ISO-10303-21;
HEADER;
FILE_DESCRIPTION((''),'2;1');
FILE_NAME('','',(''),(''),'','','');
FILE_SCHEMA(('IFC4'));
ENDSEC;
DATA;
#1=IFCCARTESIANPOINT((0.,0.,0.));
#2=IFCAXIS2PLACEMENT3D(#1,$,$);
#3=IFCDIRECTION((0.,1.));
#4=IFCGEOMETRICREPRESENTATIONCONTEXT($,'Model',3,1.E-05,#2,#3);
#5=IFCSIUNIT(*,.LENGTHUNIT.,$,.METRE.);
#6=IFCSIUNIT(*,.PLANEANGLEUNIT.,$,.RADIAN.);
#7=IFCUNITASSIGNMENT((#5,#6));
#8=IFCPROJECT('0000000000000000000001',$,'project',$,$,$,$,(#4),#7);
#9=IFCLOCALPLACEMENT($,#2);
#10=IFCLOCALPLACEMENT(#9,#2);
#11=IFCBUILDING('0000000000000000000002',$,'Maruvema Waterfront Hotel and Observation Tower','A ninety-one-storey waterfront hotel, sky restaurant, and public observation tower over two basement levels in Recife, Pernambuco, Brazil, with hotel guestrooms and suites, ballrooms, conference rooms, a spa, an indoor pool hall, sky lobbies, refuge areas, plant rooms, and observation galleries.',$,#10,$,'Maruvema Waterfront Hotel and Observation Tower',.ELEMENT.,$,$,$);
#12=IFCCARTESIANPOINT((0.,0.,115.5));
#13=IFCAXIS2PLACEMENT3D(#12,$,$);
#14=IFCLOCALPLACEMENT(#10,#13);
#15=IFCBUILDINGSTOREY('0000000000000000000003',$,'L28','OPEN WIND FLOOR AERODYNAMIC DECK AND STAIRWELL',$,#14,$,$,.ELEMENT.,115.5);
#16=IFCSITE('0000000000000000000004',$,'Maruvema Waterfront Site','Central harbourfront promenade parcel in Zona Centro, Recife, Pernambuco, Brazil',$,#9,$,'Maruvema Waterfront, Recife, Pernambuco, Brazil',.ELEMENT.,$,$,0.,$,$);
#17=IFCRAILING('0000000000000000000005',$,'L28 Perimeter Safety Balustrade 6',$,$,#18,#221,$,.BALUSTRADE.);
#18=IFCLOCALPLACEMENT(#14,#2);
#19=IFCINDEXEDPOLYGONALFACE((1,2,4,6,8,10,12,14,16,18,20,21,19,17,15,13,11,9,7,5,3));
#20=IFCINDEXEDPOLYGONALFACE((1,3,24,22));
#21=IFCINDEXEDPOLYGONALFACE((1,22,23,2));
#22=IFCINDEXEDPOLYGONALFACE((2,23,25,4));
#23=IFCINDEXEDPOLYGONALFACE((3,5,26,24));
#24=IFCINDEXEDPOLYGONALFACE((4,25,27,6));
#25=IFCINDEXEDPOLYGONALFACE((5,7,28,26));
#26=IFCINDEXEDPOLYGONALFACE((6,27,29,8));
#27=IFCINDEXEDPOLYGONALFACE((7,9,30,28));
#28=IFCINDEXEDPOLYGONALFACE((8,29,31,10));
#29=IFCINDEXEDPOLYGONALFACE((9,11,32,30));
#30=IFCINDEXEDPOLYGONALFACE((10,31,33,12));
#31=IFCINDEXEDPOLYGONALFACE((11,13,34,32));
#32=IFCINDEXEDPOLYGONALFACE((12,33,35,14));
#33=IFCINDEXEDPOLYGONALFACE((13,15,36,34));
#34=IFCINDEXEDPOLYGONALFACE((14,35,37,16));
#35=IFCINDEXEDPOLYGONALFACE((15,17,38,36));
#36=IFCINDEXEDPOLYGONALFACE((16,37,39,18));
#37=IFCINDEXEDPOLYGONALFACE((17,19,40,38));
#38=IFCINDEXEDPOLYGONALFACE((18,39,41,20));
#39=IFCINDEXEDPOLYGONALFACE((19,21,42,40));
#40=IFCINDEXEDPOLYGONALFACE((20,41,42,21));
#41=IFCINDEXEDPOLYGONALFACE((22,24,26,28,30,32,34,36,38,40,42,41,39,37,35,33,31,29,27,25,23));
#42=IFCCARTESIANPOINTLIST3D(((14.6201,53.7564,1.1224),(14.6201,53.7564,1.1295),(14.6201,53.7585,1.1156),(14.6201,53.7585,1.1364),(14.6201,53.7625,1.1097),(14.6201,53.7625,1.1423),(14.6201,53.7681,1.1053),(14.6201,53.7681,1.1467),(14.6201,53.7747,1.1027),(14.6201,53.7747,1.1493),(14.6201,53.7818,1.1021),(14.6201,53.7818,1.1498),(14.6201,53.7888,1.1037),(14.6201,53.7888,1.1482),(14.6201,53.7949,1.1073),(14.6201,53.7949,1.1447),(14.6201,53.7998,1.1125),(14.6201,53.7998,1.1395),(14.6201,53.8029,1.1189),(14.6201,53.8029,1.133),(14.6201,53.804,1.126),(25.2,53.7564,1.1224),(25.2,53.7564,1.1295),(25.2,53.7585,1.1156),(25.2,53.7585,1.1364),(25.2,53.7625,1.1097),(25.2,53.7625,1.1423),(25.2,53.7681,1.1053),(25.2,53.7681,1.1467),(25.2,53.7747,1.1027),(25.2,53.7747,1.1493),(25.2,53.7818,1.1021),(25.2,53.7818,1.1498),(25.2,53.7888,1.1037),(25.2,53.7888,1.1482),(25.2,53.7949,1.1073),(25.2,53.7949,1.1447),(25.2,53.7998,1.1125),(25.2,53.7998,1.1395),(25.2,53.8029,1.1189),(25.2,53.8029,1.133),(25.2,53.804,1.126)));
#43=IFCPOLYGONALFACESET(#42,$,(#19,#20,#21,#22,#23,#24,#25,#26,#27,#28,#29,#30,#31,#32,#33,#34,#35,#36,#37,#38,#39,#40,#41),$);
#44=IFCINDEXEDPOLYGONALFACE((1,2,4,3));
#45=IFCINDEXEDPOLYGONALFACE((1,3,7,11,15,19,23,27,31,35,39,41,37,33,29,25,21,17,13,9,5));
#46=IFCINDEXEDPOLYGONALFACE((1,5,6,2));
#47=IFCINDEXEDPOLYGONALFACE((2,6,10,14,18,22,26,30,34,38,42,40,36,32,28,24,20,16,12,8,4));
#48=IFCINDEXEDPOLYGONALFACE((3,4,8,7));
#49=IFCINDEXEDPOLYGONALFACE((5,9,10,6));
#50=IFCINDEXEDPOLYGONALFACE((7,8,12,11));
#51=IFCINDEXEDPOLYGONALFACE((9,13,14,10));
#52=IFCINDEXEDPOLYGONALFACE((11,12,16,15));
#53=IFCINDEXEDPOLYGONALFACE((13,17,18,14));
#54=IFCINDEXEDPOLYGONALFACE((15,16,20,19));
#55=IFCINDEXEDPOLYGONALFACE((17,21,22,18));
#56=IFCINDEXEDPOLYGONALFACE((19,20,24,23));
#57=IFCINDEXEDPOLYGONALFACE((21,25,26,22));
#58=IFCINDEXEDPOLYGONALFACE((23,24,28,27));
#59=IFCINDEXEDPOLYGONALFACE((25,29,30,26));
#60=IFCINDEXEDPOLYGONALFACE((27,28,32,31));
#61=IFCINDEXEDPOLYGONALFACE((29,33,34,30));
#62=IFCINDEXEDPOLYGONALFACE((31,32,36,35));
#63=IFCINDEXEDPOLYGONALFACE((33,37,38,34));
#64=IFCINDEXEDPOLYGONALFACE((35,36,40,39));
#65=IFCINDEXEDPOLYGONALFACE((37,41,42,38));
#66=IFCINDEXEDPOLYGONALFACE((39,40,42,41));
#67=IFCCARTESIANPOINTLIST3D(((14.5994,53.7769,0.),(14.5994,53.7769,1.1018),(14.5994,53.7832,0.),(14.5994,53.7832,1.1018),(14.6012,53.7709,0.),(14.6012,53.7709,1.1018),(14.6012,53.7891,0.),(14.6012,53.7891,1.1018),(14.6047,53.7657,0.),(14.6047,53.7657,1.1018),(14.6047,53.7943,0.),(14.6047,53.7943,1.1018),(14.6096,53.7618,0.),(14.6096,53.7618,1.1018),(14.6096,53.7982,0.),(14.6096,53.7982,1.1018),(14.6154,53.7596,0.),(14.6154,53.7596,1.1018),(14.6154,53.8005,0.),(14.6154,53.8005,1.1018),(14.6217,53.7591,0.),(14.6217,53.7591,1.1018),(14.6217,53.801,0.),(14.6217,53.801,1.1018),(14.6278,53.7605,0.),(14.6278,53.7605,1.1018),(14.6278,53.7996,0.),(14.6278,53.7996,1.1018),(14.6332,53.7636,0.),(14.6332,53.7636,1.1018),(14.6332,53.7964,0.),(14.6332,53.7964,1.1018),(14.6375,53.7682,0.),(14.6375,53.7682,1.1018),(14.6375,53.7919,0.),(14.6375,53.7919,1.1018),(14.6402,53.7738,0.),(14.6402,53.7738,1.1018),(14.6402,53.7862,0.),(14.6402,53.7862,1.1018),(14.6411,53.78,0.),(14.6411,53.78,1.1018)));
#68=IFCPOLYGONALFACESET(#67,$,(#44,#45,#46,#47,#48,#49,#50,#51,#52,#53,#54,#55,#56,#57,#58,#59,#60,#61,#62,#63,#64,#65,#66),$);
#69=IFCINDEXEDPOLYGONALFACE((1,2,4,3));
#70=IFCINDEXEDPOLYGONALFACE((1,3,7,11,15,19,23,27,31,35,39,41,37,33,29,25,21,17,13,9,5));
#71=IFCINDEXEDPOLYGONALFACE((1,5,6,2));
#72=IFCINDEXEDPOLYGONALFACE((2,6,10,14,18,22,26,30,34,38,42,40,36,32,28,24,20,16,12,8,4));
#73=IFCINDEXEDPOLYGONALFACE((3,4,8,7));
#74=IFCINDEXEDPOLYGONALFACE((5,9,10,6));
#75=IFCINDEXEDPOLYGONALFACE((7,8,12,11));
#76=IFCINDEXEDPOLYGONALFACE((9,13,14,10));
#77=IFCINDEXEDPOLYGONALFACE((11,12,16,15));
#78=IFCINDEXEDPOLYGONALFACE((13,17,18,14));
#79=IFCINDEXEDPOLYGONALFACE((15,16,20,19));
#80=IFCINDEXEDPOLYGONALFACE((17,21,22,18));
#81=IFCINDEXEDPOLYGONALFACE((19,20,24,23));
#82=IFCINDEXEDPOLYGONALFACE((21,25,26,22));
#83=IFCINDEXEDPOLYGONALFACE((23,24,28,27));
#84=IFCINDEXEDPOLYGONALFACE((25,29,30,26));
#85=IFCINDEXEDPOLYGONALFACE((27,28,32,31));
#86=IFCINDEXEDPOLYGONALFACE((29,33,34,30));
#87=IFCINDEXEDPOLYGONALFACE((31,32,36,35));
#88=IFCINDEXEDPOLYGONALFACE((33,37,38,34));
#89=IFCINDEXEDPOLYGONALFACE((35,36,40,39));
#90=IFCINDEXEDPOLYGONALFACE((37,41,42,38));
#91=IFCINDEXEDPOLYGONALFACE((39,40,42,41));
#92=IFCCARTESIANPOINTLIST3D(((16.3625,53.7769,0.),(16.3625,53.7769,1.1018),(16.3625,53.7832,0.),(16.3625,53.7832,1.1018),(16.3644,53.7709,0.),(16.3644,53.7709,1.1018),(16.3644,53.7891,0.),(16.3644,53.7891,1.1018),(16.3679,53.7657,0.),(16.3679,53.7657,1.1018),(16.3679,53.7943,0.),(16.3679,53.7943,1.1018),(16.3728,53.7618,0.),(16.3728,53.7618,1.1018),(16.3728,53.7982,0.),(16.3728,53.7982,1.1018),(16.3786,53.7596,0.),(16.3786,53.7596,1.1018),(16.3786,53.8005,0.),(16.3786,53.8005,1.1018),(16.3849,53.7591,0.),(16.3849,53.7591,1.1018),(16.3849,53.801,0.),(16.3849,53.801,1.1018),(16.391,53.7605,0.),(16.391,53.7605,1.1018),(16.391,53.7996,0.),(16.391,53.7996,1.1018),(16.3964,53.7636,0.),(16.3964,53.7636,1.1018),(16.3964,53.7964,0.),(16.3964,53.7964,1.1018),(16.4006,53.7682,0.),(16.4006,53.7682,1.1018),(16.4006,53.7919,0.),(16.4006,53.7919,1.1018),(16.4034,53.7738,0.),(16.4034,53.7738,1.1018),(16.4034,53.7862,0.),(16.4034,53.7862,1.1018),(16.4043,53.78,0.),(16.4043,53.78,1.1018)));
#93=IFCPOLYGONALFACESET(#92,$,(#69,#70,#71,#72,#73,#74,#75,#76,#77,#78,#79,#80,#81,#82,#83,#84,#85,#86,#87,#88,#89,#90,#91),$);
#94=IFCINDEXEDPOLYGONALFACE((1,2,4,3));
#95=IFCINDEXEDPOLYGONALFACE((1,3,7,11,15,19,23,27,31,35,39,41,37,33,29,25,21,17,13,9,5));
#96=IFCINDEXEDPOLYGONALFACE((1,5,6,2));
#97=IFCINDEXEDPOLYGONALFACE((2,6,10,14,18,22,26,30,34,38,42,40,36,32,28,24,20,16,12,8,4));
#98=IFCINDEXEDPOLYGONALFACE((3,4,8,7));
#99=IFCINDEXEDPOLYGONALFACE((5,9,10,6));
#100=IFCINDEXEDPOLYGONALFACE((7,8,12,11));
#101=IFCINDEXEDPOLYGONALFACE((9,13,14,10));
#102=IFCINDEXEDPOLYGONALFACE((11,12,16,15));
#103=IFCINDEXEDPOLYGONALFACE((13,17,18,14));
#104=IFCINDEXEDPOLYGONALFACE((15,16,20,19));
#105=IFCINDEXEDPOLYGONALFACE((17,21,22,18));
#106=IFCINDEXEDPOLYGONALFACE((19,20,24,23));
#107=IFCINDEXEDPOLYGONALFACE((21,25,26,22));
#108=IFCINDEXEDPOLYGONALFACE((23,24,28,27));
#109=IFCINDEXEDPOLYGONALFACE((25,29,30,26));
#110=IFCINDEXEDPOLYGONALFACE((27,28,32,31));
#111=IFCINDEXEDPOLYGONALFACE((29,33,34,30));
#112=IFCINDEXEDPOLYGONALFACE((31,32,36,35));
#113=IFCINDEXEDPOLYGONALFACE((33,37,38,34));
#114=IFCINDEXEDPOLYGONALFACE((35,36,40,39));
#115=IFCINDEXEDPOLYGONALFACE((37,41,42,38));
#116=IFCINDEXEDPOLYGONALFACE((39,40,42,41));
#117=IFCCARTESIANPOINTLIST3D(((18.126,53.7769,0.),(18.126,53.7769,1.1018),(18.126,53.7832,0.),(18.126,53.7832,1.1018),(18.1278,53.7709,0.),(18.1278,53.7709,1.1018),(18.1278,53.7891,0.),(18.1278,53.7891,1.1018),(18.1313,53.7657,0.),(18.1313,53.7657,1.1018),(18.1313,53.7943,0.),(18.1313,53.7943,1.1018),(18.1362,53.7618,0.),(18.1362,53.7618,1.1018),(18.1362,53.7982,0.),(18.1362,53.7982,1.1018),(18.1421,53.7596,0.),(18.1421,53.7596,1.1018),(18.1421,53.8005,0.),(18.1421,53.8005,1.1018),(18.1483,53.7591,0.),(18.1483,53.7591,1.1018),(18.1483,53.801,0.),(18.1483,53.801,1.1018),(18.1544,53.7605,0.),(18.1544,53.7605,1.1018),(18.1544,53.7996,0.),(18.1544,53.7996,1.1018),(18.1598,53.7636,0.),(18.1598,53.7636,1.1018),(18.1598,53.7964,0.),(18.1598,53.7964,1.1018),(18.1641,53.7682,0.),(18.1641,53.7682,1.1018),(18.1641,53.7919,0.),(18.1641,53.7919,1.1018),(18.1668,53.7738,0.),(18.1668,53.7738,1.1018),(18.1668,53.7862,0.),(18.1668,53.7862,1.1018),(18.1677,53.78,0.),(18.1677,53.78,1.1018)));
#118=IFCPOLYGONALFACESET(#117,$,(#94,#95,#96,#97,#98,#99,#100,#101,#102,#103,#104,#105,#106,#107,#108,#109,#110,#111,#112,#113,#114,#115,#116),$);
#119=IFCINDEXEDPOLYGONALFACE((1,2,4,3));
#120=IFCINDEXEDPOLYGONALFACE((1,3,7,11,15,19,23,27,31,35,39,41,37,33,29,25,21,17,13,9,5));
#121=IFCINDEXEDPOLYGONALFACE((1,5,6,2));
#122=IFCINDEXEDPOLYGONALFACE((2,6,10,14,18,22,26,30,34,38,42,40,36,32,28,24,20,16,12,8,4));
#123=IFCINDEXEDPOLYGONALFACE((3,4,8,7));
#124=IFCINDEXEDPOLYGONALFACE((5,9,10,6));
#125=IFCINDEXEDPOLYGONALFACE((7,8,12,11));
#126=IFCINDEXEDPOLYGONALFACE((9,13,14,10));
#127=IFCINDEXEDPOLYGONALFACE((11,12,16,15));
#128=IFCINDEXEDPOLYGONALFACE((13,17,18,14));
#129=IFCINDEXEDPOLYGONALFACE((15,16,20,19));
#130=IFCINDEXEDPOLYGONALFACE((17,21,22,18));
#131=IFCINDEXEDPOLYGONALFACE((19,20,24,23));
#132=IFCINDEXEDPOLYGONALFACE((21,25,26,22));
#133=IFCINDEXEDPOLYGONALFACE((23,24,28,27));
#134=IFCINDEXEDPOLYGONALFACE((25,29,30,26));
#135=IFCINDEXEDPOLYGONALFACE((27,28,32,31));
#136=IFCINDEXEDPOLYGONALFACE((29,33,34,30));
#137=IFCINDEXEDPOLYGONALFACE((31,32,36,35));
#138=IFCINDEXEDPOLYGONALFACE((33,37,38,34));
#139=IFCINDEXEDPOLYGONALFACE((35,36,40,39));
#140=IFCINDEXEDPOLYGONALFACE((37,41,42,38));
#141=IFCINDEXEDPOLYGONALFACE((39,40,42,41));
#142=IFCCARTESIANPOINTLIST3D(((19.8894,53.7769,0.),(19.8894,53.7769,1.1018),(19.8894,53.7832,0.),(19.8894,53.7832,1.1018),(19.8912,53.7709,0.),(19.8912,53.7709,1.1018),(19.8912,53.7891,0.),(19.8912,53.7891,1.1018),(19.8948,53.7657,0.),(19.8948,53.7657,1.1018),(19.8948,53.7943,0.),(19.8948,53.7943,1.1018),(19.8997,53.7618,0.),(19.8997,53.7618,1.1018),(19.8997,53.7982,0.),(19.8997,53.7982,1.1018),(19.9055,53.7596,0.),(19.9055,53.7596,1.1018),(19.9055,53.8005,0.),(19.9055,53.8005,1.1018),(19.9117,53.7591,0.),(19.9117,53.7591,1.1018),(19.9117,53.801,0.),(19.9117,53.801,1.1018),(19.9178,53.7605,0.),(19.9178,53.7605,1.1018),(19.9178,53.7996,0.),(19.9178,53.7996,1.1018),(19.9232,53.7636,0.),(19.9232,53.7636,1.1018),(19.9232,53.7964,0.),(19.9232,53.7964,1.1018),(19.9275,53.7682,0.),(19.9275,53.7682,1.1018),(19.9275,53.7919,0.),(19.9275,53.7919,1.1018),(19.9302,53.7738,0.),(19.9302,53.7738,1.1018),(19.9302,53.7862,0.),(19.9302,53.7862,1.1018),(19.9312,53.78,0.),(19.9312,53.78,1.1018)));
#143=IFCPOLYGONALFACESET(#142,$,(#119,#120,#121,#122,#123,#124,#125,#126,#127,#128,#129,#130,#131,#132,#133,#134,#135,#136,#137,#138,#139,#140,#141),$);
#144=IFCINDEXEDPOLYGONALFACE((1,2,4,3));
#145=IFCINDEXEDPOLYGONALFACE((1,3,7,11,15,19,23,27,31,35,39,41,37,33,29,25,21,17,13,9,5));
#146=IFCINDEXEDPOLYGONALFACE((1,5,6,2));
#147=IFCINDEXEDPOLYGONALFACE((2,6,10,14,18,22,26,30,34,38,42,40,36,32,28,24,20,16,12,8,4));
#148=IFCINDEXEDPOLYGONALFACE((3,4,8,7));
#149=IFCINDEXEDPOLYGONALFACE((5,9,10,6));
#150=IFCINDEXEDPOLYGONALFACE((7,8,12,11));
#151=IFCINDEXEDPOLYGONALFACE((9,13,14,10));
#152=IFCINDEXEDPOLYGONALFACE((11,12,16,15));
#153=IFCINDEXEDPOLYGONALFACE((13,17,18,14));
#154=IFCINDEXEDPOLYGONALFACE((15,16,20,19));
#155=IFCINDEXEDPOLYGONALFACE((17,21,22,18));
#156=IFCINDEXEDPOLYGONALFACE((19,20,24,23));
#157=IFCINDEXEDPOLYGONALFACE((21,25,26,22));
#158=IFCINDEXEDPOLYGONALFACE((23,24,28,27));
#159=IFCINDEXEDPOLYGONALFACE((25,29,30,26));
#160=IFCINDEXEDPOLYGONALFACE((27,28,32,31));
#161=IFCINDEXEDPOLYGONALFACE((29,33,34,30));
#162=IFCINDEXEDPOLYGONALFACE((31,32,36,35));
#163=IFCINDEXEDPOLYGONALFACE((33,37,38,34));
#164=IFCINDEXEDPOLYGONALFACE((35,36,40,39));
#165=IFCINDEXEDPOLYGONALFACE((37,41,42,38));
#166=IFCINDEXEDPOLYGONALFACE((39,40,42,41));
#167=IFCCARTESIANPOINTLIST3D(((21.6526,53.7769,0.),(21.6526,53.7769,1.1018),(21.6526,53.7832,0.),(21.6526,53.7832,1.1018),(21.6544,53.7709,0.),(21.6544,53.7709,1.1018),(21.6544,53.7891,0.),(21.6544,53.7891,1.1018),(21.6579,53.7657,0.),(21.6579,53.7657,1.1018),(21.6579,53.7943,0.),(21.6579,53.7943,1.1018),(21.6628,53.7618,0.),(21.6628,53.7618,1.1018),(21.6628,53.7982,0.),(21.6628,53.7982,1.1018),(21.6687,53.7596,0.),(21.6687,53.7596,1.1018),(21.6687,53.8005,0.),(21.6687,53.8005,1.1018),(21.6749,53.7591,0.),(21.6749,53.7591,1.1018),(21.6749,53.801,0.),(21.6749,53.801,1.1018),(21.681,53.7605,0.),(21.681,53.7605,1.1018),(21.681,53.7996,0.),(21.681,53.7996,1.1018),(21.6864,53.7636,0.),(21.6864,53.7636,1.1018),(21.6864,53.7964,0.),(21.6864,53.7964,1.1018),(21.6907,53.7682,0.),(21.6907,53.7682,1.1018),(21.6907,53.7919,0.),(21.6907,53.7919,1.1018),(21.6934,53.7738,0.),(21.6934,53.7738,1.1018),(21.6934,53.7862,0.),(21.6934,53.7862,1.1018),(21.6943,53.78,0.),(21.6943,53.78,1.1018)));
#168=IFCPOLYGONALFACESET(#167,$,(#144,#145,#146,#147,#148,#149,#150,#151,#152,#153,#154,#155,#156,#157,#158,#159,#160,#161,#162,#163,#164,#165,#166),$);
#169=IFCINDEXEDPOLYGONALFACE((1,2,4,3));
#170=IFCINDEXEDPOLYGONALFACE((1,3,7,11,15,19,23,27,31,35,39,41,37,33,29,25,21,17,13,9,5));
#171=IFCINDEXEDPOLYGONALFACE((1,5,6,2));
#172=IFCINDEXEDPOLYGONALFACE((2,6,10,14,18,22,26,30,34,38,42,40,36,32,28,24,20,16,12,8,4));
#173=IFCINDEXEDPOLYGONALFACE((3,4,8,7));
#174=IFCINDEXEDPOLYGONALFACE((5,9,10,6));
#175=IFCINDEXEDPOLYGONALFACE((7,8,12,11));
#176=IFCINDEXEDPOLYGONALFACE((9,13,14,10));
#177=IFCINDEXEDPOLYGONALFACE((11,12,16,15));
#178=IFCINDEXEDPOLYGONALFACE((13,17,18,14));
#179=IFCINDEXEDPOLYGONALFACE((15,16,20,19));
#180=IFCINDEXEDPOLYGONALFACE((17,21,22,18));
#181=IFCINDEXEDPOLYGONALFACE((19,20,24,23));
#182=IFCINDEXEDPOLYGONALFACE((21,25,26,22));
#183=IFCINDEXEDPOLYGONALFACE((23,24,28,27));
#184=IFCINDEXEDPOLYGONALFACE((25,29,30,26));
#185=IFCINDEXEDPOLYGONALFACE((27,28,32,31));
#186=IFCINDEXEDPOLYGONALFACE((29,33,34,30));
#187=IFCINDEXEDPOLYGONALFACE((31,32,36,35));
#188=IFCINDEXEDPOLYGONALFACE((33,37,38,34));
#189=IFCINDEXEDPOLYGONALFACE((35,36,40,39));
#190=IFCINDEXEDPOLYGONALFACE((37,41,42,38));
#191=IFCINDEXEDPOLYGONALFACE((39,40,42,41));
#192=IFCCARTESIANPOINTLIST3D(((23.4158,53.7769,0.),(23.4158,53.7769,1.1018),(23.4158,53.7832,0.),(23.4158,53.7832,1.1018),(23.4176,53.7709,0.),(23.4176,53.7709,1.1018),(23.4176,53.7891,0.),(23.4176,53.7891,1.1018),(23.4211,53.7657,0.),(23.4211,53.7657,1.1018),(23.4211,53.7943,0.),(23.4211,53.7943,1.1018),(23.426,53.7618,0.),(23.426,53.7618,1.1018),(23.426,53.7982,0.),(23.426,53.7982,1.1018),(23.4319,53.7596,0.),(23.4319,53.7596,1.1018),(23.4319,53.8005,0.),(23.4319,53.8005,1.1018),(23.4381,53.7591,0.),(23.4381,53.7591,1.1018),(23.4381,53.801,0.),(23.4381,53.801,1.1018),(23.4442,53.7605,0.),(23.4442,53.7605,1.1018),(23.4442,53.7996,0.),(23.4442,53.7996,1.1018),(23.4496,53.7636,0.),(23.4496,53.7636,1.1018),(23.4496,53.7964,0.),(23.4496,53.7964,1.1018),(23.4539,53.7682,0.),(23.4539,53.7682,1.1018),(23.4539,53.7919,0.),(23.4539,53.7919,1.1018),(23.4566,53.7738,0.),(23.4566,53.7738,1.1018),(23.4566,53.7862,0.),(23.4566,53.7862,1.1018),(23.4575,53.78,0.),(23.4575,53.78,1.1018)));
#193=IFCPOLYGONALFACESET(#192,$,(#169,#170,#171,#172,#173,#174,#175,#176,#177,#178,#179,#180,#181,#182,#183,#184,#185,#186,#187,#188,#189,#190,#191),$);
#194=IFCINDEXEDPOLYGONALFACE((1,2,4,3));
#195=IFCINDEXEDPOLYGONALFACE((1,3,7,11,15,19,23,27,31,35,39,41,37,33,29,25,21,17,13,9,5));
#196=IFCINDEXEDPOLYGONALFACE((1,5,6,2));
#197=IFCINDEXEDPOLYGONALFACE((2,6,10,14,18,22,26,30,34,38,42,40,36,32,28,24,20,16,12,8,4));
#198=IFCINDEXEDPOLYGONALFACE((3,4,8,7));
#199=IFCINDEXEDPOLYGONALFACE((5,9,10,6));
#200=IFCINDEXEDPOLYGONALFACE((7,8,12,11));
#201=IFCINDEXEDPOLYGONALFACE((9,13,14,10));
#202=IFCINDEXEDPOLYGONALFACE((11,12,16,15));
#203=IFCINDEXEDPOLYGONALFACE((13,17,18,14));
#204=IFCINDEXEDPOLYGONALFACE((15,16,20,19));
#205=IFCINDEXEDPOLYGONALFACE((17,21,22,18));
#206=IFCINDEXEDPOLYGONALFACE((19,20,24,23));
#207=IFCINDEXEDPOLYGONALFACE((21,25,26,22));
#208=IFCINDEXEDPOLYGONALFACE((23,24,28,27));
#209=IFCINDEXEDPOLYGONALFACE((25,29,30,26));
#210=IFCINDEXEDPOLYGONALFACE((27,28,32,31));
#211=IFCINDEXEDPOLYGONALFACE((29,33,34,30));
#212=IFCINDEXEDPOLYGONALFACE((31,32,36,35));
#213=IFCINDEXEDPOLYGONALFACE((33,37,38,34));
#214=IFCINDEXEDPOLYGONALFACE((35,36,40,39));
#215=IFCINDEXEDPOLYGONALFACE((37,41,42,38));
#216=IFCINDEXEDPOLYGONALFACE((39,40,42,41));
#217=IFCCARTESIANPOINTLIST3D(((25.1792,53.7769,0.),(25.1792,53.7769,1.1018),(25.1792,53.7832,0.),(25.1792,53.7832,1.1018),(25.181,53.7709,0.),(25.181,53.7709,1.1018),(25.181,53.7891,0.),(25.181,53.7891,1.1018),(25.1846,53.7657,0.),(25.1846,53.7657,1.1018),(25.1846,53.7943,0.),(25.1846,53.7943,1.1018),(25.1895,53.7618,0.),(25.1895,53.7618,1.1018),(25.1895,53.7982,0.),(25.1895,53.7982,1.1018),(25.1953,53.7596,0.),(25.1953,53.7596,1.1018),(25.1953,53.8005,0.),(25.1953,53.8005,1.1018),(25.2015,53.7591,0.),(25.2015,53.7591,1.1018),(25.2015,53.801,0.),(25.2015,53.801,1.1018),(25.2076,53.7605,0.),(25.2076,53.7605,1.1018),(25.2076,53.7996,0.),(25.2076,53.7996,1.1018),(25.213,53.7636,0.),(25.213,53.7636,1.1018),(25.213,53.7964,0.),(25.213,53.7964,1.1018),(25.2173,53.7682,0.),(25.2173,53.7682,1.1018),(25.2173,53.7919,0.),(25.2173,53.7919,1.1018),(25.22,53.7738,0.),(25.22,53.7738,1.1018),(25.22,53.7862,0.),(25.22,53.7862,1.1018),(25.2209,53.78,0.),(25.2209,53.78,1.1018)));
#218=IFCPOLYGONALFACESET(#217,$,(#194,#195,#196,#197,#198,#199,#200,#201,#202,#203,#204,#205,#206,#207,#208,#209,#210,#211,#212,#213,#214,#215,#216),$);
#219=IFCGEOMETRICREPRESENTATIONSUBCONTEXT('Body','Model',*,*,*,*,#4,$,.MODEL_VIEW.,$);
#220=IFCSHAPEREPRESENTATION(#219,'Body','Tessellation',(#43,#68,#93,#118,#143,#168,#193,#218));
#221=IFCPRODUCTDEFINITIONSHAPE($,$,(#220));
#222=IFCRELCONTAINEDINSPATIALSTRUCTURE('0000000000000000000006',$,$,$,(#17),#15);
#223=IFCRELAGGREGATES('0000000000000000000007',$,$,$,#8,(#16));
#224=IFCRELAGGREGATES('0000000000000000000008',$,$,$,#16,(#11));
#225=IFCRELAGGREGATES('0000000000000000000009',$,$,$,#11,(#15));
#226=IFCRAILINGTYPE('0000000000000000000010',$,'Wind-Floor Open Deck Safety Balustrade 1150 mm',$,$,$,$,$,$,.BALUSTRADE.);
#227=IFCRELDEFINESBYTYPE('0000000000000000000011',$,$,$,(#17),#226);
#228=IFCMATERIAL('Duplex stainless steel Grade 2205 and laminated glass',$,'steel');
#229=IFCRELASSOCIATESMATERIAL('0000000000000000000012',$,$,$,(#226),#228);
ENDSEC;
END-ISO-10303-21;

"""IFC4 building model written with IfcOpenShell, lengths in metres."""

from ifc_helpers import new_model, si_unit, direction, frame, origin, origin_2d, place, context, subcontext, project, spatial, circle, extrude, material, type_object, element, save


model = new_model("IFC4")

# Units and contexts
model_context = context("Model", 3, precision=1e-05, world=origin(), true_north=direction((0.0, 1.0)))
body_context = subcontext(model_context, "Body", "Model", "MODEL_VIEW")
ifc_project = project(units=[si_unit("LENGTHUNIT", "METRE"), si_unit("PLANEANGLEUNIT", "RADIAN")], contexts=[model_context])

# Site, building, storey
site_placement = place(None, origin())
site = spatial("IfcSite", under=ifc_project, at=site_placement, Name="Maruvema Waterfront Site", Description="Central harbourfront promenade parcel in Zona Centro, Recife, Pernambuco, Brazil", LongName="Maruvema Waterfront, Recife, Pernambuco, Brazil", CompositionType="ELEMENT", RefElevation=0.0)
building_placement = place(site_placement, origin())
building = spatial("IfcBuilding", under=site, at=building_placement, Name="Maruvema Waterfront Hotel and Observation Tower", Description="A ninety-one-storey waterfront hotel, sky restaurant, and public observation tower over two basement levels in Recife, Pernambuco, Brazil, with hotel guestrooms and suites, ballrooms, conference rooms, a spa, an indoor pool hall, sky lobbies, refuge areas, plant rooms, and observation galleries.", LongName="Maruvema Waterfront Hotel and Observation Tower", CompositionType="ELEMENT")
storey_placement = place(building_placement, frame((0.0, 0.0, 115.5)))
storey = spatial("IfcBuildingStorey", under=building, at=storey_placement, Name="L28", Description="OPEN WIND FLOOR AERODYNAMIC DECK AND STAIRWELL", CompositionType="ELEMENT", Elevation=115.5)

# Railing
ifc_material_1 = material(Name="Duplex stainless steel Grade 2205 and laminated glass", Category="steel")
railing_type = type_object("IfcRailingType", Name="Wind-Floor Open Deck Safety Balustrade 1150 mm", PredefinedType="BALUSTRADE", material=ifc_material_1)
railing_1_placement = place(storey_placement, frame((14.6201, 53.78, 0.0)))
element("IfcRailing", 1, at=railing_1_placement, inside=storey, type_object=railing_type, Name="L28 Perimeter Safety Balustrade 6", PredefinedType="BALUSTRADE", context=body_context, shape_type="SweptSolid", body=[
    extrude(circle(Radius=0.0239, at=origin_2d()), frame((0.0, 0.0, 1.126), z_axis=(1.0, 0.0, 0.0), x_axis=(0.0, 1.0, 0.0)), (0.0, 0.0, 1.0), 10.5798),
    extrude(circle(Radius=0.021, at=origin_2d()), origin(), (0.0, 0.0, 1.0), 1.1018),
    extrude(circle(Radius=0.021, at=origin_2d()), frame((1.7632, 0.0, 0.0)), (0.0, 0.0, 1.0), 1.1018),
    extrude(circle(Radius=0.021, at=origin_2d()), frame((3.5266, 0.0, 0.0)), (0.0, 0.0, 1.0), 1.1018),
    extrude(circle(Radius=0.021, at=origin_2d()), frame((5.29, 0.0, 0.0)), (0.0, 0.0, 1.0), 1.1018),
    extrude(circle(Radius=0.021, at=origin_2d()), frame((7.0532, 0.0, 0.0)), (0.0, 0.0, 1.0), 1.1018),
    extrude(circle(Radius=0.021, at=origin_2d()), frame((8.8164, 0.0, 0.0)), (0.0, 0.0, 1.0), 1.1018),
    extrude(circle(Radius=0.021, at=origin_2d()), frame((10.5798, 0.0, 0.0)), (0.0, 0.0, 1.0), 1.1018),
])

save(model, "model.ifc")
